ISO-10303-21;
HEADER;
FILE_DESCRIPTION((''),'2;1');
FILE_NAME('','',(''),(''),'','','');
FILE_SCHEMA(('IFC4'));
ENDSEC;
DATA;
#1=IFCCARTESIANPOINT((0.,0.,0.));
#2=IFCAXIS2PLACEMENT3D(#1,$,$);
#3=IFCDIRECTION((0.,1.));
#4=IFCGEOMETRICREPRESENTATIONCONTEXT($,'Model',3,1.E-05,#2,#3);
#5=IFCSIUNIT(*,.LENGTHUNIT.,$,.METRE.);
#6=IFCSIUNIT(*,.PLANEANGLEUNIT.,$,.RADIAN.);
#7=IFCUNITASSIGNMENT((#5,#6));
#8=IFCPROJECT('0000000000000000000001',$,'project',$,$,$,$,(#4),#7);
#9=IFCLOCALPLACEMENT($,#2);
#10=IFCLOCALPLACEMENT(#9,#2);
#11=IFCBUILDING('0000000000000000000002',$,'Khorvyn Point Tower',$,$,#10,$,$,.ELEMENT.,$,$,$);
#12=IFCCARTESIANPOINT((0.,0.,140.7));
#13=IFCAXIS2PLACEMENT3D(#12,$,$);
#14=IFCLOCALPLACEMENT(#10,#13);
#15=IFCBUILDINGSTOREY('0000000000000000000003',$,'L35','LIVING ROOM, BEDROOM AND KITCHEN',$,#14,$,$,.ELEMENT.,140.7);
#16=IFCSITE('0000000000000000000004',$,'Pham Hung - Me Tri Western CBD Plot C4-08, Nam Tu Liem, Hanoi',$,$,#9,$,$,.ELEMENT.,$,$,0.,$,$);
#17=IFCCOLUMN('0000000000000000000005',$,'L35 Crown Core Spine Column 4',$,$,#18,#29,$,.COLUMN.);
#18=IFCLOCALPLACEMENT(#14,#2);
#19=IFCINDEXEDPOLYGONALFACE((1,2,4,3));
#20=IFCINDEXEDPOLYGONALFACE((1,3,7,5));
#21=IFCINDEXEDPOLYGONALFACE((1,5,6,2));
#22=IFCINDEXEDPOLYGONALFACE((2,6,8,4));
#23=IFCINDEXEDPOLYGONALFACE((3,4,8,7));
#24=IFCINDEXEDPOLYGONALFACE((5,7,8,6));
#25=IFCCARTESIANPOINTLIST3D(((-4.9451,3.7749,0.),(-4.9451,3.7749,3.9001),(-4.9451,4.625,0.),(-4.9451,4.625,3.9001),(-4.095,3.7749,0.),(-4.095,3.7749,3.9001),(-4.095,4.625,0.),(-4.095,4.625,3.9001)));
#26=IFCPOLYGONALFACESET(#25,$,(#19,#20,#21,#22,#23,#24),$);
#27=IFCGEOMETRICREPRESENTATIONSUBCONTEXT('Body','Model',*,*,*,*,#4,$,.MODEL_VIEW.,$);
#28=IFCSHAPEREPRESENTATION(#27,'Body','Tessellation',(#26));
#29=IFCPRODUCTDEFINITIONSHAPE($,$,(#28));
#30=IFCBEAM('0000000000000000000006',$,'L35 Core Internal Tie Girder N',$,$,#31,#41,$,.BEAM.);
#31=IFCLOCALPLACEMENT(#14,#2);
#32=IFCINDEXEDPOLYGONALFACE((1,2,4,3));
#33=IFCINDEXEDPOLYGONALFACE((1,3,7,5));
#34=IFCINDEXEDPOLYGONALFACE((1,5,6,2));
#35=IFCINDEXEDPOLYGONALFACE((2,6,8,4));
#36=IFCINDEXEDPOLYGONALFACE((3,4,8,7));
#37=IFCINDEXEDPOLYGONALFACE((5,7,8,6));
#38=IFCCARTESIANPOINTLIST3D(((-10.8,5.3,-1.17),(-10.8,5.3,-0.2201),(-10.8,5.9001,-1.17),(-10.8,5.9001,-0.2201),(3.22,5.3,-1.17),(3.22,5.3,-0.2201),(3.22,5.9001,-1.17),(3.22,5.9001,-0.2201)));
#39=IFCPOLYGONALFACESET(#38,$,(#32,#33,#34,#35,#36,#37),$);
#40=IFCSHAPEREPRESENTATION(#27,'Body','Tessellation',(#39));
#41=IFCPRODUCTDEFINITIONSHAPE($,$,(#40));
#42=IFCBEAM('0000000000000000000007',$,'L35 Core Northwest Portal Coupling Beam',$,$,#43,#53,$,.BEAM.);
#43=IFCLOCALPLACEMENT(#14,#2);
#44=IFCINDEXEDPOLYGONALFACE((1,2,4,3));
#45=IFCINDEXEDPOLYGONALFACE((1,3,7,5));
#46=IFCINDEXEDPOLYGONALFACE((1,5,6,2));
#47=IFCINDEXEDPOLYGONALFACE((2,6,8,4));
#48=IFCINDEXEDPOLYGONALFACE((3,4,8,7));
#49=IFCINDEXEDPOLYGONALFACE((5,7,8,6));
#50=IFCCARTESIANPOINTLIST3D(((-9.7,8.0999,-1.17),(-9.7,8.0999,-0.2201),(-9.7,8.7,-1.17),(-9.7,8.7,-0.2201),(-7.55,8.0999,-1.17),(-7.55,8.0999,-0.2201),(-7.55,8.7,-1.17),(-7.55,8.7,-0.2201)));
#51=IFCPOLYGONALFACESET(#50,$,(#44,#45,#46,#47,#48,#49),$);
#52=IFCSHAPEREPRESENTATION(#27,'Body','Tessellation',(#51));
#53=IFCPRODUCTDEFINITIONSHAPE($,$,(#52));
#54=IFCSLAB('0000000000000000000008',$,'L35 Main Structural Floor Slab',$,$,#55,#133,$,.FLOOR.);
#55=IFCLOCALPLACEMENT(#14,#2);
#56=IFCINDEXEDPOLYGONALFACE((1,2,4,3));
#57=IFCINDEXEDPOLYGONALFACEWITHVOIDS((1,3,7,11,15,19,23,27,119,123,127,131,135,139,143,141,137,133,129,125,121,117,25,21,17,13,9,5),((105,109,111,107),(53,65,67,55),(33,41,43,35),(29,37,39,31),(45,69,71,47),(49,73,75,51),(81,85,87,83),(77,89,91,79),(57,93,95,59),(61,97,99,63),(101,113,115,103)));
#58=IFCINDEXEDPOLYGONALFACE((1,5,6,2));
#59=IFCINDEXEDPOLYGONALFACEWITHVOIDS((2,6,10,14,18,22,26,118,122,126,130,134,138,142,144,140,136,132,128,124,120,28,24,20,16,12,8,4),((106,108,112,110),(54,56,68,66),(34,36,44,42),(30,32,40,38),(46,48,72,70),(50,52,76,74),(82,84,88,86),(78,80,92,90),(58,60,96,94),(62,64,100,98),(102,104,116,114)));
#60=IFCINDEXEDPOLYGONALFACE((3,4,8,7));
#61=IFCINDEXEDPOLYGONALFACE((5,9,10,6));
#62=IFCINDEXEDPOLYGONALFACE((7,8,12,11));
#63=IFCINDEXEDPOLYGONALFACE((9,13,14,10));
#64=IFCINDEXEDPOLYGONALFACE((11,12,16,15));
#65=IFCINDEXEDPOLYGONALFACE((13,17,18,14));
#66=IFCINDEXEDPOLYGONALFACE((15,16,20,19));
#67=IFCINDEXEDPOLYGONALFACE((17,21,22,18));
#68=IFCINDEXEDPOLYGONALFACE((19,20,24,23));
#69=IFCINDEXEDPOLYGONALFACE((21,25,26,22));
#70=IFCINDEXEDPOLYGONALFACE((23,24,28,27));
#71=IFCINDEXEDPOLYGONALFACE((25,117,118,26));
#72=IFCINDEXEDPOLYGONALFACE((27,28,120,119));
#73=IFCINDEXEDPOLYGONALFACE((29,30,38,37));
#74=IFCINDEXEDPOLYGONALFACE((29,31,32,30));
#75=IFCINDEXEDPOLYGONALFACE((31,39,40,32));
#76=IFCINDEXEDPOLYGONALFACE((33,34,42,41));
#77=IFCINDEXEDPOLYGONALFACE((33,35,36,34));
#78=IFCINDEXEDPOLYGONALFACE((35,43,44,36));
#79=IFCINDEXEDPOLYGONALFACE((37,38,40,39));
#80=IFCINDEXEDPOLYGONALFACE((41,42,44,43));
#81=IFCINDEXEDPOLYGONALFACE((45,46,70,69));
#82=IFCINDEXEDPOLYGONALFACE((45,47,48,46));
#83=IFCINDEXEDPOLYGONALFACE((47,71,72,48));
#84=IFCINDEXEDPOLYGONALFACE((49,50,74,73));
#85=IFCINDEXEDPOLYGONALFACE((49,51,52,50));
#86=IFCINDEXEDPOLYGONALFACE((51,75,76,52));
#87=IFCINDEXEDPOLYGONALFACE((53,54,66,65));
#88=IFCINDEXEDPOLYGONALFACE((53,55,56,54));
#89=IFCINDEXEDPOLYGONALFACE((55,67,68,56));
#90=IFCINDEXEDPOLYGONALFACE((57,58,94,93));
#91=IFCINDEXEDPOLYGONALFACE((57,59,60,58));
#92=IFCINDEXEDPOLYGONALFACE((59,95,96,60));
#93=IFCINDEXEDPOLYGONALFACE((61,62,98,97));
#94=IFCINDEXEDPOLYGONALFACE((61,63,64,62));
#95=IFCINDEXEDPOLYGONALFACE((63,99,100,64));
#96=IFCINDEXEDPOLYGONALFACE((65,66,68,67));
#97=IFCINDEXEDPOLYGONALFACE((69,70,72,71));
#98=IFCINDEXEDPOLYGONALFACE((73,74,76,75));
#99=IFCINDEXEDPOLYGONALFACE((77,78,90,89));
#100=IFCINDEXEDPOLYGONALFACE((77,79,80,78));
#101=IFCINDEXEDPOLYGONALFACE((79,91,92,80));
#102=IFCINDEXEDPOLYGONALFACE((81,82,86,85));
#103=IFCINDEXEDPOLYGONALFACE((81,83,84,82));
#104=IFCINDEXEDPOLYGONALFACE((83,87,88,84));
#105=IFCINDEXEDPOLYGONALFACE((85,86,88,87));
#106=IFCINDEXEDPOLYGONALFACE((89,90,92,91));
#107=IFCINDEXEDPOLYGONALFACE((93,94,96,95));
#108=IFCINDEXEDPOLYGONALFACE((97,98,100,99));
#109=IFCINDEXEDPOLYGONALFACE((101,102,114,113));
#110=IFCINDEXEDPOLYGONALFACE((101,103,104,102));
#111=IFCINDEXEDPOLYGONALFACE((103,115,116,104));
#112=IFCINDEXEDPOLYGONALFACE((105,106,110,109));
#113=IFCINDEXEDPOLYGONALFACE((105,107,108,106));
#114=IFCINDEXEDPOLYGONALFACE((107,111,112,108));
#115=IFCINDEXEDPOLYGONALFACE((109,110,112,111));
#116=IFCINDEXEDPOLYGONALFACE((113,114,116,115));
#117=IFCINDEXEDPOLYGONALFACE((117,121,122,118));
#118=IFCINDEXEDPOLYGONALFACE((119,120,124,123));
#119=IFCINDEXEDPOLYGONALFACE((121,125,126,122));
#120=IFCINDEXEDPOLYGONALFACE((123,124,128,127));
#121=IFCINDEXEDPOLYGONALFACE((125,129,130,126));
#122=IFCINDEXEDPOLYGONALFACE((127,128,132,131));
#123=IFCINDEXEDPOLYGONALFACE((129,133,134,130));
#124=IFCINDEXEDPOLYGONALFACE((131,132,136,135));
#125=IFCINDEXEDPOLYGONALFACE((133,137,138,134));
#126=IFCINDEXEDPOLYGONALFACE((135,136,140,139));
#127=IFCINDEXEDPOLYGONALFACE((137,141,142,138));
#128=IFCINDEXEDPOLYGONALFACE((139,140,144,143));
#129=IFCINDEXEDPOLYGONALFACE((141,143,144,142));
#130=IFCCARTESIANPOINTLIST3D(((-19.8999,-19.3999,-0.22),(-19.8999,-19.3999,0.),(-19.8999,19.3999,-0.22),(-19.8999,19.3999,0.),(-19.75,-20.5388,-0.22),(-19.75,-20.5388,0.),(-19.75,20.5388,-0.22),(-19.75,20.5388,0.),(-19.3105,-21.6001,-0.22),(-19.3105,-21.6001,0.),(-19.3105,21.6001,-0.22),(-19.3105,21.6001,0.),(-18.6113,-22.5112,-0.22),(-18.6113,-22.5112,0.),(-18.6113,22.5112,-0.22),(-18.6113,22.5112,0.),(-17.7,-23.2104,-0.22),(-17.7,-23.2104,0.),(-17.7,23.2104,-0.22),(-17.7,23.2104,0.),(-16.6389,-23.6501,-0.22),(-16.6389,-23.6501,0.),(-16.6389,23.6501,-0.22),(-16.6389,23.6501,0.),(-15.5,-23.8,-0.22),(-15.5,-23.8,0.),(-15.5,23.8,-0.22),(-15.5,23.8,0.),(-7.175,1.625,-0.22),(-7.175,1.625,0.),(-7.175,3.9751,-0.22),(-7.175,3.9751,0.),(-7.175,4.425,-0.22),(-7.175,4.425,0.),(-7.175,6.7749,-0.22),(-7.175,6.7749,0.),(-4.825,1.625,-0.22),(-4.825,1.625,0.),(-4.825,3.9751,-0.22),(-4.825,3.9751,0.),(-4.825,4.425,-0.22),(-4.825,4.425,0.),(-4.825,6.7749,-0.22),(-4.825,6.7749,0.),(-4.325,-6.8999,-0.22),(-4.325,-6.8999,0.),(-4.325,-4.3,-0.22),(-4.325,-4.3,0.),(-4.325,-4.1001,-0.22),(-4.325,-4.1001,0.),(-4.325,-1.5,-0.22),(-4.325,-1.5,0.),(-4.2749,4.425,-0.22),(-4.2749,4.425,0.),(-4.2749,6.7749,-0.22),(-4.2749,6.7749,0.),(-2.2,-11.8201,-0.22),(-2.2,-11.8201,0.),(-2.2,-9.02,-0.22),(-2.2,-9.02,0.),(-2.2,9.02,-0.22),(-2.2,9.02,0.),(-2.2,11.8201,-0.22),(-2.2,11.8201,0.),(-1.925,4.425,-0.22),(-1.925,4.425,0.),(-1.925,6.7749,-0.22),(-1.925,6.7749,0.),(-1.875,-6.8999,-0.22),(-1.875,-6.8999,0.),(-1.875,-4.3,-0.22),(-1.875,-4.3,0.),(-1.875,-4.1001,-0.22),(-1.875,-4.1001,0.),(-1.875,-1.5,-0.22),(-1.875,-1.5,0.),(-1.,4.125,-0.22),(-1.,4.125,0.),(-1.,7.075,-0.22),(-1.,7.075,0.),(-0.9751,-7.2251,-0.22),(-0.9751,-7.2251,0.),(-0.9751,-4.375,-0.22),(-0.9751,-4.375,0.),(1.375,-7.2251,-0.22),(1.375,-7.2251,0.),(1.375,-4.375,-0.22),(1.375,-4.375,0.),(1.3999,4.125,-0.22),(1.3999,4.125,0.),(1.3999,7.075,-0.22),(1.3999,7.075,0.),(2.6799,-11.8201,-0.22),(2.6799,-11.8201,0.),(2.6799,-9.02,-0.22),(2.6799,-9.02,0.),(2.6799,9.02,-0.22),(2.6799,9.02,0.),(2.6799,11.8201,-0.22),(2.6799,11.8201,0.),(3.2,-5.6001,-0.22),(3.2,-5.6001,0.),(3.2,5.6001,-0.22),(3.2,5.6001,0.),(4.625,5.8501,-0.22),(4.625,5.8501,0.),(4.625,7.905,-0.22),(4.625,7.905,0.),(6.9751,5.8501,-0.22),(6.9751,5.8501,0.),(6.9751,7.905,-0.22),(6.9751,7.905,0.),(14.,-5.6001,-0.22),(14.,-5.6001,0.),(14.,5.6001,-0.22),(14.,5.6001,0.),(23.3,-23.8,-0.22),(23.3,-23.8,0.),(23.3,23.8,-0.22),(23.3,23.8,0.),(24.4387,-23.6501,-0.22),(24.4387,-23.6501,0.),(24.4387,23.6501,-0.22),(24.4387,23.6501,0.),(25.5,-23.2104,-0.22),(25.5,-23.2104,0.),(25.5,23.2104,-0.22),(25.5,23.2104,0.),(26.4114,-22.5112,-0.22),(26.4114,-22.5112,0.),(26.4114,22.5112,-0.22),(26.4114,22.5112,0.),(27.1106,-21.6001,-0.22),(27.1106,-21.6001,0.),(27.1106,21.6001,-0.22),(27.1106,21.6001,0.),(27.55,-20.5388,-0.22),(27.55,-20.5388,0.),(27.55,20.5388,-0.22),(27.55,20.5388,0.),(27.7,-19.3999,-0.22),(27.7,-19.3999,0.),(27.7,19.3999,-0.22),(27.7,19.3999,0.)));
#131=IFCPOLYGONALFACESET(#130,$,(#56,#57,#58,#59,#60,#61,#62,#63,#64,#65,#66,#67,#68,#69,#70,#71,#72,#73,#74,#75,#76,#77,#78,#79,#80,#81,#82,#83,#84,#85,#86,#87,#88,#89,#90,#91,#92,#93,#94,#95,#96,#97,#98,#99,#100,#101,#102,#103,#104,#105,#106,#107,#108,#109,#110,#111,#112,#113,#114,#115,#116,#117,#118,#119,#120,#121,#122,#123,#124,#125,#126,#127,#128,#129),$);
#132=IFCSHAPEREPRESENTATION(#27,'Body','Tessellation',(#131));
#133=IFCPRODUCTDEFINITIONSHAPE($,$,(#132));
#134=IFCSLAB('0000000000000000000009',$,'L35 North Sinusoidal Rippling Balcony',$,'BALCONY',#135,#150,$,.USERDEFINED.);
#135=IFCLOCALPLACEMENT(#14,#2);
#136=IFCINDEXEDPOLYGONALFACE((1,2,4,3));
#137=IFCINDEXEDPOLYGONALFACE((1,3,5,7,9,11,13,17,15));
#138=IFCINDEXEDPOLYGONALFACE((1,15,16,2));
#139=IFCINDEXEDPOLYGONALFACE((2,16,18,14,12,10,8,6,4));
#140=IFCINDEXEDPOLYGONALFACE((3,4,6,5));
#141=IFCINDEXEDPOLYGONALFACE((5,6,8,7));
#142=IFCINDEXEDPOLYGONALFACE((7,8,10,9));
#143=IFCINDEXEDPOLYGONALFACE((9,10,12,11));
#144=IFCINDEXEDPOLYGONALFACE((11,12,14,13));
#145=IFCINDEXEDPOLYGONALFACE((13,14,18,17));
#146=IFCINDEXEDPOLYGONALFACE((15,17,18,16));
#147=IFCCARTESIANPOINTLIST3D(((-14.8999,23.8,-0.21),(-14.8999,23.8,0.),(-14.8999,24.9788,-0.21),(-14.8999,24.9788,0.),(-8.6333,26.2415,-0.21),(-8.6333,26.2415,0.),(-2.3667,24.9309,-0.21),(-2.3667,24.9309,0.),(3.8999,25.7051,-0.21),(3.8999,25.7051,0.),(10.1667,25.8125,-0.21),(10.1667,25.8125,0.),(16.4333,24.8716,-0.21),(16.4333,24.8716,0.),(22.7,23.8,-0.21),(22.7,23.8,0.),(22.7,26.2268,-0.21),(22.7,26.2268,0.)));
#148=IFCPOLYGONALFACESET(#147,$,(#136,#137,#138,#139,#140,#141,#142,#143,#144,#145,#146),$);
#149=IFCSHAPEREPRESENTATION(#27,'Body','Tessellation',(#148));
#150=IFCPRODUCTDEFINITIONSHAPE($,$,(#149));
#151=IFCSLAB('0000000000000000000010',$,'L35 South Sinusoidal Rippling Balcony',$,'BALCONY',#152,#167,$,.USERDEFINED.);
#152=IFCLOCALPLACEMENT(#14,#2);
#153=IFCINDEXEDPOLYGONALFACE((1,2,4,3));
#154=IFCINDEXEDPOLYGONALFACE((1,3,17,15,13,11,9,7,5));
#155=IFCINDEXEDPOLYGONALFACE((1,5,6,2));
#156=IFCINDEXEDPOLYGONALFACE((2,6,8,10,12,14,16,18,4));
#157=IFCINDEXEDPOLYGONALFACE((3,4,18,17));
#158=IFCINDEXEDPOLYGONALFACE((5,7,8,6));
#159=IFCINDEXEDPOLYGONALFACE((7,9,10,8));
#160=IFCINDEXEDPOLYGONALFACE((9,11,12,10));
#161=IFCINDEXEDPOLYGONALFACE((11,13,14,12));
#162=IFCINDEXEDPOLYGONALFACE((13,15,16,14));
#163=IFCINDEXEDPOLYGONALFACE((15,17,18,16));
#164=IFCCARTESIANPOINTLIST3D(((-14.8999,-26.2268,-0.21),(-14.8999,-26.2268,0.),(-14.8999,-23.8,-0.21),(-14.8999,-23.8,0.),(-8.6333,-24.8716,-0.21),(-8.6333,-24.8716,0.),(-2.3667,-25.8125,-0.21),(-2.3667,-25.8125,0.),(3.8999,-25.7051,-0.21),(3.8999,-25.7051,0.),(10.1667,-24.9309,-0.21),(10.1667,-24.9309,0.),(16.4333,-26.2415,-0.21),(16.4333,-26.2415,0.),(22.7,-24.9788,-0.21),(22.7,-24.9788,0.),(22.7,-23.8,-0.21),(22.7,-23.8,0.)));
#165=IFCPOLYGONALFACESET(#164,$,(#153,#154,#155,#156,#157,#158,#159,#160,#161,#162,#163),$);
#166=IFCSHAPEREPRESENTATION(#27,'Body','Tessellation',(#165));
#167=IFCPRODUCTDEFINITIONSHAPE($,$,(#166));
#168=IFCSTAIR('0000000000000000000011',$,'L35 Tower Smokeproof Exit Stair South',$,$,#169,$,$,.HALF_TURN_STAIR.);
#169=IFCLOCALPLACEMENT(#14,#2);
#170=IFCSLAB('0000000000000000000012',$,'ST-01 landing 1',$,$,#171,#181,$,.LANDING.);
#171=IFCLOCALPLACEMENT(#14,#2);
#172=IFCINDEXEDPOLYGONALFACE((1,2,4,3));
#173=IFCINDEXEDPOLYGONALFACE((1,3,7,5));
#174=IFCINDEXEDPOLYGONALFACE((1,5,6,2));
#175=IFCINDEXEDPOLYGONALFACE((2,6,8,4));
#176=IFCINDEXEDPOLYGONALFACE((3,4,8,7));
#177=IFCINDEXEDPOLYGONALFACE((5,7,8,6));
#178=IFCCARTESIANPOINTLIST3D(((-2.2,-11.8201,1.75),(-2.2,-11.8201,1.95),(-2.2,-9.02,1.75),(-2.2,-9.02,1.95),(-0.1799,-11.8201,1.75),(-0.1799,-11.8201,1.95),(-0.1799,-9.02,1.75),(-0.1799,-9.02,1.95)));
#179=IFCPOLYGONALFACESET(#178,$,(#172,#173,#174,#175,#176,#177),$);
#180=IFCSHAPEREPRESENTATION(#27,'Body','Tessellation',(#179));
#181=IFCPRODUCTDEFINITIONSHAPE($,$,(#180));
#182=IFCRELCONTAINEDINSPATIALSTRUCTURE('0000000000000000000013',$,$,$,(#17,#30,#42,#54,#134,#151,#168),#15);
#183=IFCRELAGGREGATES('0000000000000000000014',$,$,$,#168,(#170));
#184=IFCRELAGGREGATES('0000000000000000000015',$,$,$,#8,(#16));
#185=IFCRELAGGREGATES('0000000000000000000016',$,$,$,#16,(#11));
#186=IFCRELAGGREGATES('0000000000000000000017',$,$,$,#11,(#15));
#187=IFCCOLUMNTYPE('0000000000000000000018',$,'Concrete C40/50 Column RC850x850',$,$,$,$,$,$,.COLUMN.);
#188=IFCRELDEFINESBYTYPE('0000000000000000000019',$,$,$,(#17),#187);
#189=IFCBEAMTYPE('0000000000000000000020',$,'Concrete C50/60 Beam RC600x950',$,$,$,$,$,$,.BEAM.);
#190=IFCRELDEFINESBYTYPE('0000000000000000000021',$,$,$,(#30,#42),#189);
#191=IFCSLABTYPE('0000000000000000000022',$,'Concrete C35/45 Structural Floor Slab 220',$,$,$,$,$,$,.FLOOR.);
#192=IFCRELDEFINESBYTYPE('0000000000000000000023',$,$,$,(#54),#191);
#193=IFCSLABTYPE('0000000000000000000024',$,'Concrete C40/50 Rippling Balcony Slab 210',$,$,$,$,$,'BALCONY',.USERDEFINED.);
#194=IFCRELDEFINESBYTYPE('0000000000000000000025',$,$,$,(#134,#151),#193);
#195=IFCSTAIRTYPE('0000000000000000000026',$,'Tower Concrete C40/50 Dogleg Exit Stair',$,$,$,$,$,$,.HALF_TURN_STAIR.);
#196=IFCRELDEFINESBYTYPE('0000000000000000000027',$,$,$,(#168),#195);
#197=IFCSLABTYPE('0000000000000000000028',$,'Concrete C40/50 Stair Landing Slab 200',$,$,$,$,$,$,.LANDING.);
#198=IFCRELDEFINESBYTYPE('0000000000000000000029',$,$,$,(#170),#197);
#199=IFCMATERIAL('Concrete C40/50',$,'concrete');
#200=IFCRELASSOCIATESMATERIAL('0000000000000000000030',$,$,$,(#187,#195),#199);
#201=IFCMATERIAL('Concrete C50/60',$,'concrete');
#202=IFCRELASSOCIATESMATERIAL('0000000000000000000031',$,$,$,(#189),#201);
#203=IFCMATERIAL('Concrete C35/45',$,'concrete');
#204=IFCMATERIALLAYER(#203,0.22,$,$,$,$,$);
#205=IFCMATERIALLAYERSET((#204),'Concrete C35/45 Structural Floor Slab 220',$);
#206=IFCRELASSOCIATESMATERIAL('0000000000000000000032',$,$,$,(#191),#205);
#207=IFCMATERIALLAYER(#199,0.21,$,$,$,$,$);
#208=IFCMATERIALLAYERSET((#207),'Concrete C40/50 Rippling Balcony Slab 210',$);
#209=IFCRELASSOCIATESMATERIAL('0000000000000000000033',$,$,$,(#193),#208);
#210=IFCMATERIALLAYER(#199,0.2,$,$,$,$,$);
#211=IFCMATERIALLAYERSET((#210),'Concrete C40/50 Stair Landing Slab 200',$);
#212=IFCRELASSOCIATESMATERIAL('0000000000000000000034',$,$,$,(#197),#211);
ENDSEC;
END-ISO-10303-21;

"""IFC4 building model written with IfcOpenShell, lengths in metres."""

from ifc_helpers import new_model, si_unit, direction, frame, origin, origin_2d, place, context, subcontext, project, spatial, polyline, rectangle, outline, extrude, material, layer, layer_set, material_profile, profile_set, type_object, element, aggregate, save


model = new_model("IFC4")

# Units and contexts
model_context = context("Model", 3, precision=1e-05, world=origin(), true_north=direction((0.0, 1.0)))
body_context = subcontext(model_context, "Body", "Model", "MODEL_VIEW")
ifc_project = project(units=[si_unit("LENGTHUNIT", "METRE"), si_unit("PLANEANGLEUNIT", "RADIAN")], contexts=[model_context])

# Site, building, storey
site_placement = place(None, origin())
site = spatial("IfcSite", under=ifc_project, at=site_placement, Name="Pham Hung - Me Tri Western CBD Plot C4-08, Nam Tu Liem, Hanoi", CompositionType="ELEMENT", RefElevation=0.0)
building_placement = place(site_placement, origin())
building = spatial("IfcBuilding", under=site, at=building_placement, Name="Khorvyn Point Tower", CompositionType="ELEMENT")
storey_placement = place(building_placement, frame((0.0, 0.0, 140.7)))
storey = spatial("IfcBuildingStorey", under=building, at=storey_placement, Name="L35", Description="LIVING ROOM, BEDROOM AND KITCHEN", CompositionType="ELEMENT", Elevation=140.7)

# Column
ifc_material_1 = material(Name="Concrete C40/50", Category="concrete")
ifc_material_profile_1 = material_profile(ifc_material_1, rectangle(XDim=0.8501, YDim=0.8501, at=origin_2d()))
ifc_profile_set_1 = profile_set([ifc_material_profile_1], Name="Concrete C40/50 RC850x850")
column_type = type_object("IfcColumnType", Name="Concrete C40/50 Column RC850x850", PredefinedType="COLUMN", material=ifc_profile_set_1)
column_placement = place(storey_placement, frame((-4.52, 4.2, 0.0), z_axis=(0.0, 0.0, 1.0), x_axis=(1.0, 0.0, 0.0)))
element("IfcColumn", 1, at=column_placement, inside=storey, type_object=column_type, Name="L35 Crown Core Spine Column 4", PredefinedType="COLUMN", context=body_context, shape_type="SweptSolid", body=[
    extrude(rectangle(XDim=0.8501, YDim=0.8501, at=origin_2d()), origin(), (0.0, 0.0, 1.0), 3.9001),
])

# Beams
ifc_material_2 = material(Name="Concrete C50/60", Category="concrete")
ifc_material_profile_2 = material_profile(ifc_material_2, rectangle(XDim=0.6001, YDim=0.95, at=origin_2d()))
ifc_profile_set_2 = profile_set([ifc_material_profile_2], Name="Concrete C50/60 RC600x950")
beam_type = type_object("IfcBeamType", Name="Concrete C50/60 Beam RC600x950", PredefinedType="BEAM", material=ifc_profile_set_2)
beam_1_placement = place(storey_placement, frame((-10.8, 5.6001, -0.6951), z_axis=(1.0, 0.0, 0.0), x_axis=(0.0, 1.0, 0.0)))
element("IfcBeam", 2, at=beam_1_placement, inside=storey, type_object=beam_type, Name="L35 Core Internal Tie Girder N", PredefinedType="BEAM", context=body_context, shape_type="SweptSolid", body=[
    extrude(rectangle(XDim=0.6001, YDim=0.95, at=origin_2d()), origin(), (0.0, 0.0, 1.0), 14.02),
])
beam_2_placement = place(storey_placement, frame((-9.7, 8.3999, -0.6951), z_axis=(1.0, 0.0, 0.0), x_axis=(0.0, 1.0, 0.0)))
element("IfcBeam", 3, at=beam_2_placement, inside=storey, type_object=beam_type, Name="L35 Core Northwest Portal Coupling Beam", PredefinedType="BEAM", context=body_context, shape_type="SweptSolid", body=[
    extrude(rectangle(XDim=0.6001, YDim=0.95, at=origin_2d()), origin(), (0.0, 0.0, 1.0), 2.1499),
])

# Slabs
ifc_material_3 = material(Name="Concrete C35/45", Category="concrete")
ifc_layer_1 = layer(ifc_material_3, 0.22)
ifc_layer_set_1 = layer_set([ifc_layer_1], Name="Concrete C35/45 Structural Floor Slab 220")
slab_type_1 = type_object("IfcSlabType", Name="Concrete C35/45 Structural Floor Slab 220", PredefinedType="FLOOR", material=ifc_layer_set_1)
slab_1_placement = place(storey_placement, frame((0.0, 0.0, -0.22)))
element("IfcSlab", 4, at=slab_1_placement, inside=storey, type_object=slab_type_1, Name="L35 Main Structural Floor Slab", PredefinedType="FLOOR", context=body_context, shape_type="SweptSolid", body=[
    extrude(outline(polyline([(-15.5, -23.8), (-16.6389, -23.6501), (-17.7, -23.2104), (-18.6113, -22.5112), (-19.3105, -21.6001), (-19.75, -20.5388), (-19.8999, -19.3999), (-19.8999, 19.3999), (-19.75, 20.5388), (-19.3105, 21.6001), (-18.6113, 22.5112), (-17.7, 23.2104), (-16.6389, 23.6501), (-15.5, 23.8), (23.3, 23.8), (24.4387, 23.6501), (25.5, 23.2104), (26.4114, 22.5112), (27.1106, 21.6001), (27.55, 20.5388), (27.7, 19.3999), (27.7, -19.3999), (27.55, -20.5388), (27.1106, -21.6001), (26.4114, -22.5112), (25.5, -23.2104), (24.4387, -23.6501), (23.3, -23.8), (-15.5, -23.8)]), holes=[polyline([(-1.875, -6.8999), (-1.875, -4.3), (-4.325, -4.3), (-4.325, -6.8999), (-1.875, -6.8999)]), polyline([(-1.875, -4.1001), (-1.875, -1.5), (-4.325, -1.5), (-4.325, -4.1001), (-1.875, -4.1001)]), polyline([(-4.825, 1.625), (-4.825, 3.9751), (-7.175, 3.9751), (-7.175, 1.625), (-4.825, 1.625)]), polyline([(-7.175, 4.425), (-4.825, 4.425), (-4.825, 6.7749), (-7.175, 6.7749), (-7.175, 4.425)]), polyline([(-4.2749, 4.425), (-1.925, 4.425), (-1.925, 6.7749), (-4.2749, 6.7749), (-4.2749, 4.425)]), polyline([(1.3999, 4.125), (1.3999, 7.075), (-1.0, 7.075), (-1.0, 4.125), (1.3999, 4.125)]), polyline([(-2.2, -11.8201), (2.6799, -11.8201), (2.6799, -9.02), (-2.2, -9.02), (-2.2, -11.8201)]), polyline([(-0.9751, -7.2251), (1.375, -7.2251), (1.375, -4.375), (-0.9751, -4.375), (-0.9751, -7.2251)]), polyline([(14.0, -5.6001), (14.0, 5.6001), (3.2, 5.6001), (3.2, -5.6001), (14.0, -5.6001)]), polyline([(4.625, 5.8501), (6.9751, 5.8501), (6.9751, 7.905), (4.625, 7.905), (4.625, 5.8501)]), polyline([(-2.2, 9.02), (2.6799, 9.02), (2.6799, 11.8201), (-2.2, 11.8201), (-2.2, 9.02)])]), origin(), (0.0, 0.0, 1.0), 0.22),
])
ifc_layer_2 = layer(ifc_material_1, 0.21)
ifc_layer_set_2 = layer_set([ifc_layer_2], Name="Concrete C40/50 Rippling Balcony Slab 210")
slab_type_2 = type_object("IfcSlabType", Name="Concrete C40/50 Rippling Balcony Slab 210", ElementType="BALCONY", PredefinedType="USERDEFINED", material=ifc_layer_set_2)
slab_2_placement = place(storey_placement, frame((0.0, 0.0, -0.21)))
element("IfcSlab", 5, at=slab_2_placement, inside=storey, type_object=slab_type_2, Name="L35 North Sinusoidal Rippling Balcony", ObjectType="BALCONY", PredefinedType="USERDEFINED", context=body_context, shape_type="SweptSolid", body=[
    extrude(outline(polyline([(22.7, 23.8), (22.7, 26.2268), (16.4333, 24.8716), (10.1667, 25.8125), (3.8999, 25.7051), (-2.3667, 24.9309), (-8.6333, 26.2415), (-14.8999, 24.9788), (-14.8999, 23.8), (22.7, 23.8)])), origin(), (0.0, 0.0, 1.0), 0.21),
])
slab_3_placement = place(storey_placement, frame((0.0, 0.0, -0.21)))
element("IfcSlab", 6, at=slab_3_placement, inside=storey, type_object=slab_type_2, Name="L35 South Sinusoidal Rippling Balcony", ObjectType="BALCONY", PredefinedType="USERDEFINED", context=body_context, shape_type="SweptSolid", body=[
    extrude(outline(polyline([(-14.8999, -23.8), (-14.8999, -26.2268), (-8.6333, -24.8716), (-2.3667, -25.8125), (3.8999, -25.7051), (10.1667, -24.9309), (16.4333, -26.2415), (22.7, -24.9788), (22.7, -23.8), (-14.8999, -23.8)])), origin(), (0.0, 0.0, 1.0), 0.21),
])

# Stair, slab
stair_type = type_object("IfcStairType", Name="Tower Concrete C40/50 Dogleg Exit Stair", PredefinedType="HALF_TURN_STAIR", material=ifc_material_1)
stair_1_placement = place(storey_placement, origin())
stair_1 = element("IfcStair", 7, at=stair_1_placement, inside=storey, type_object=stair_type, Name="L35 Tower Smokeproof Exit Stair South", PredefinedType="HALF_TURN_STAIR")
ifc_layer_3 = layer(ifc_material_1, 0.2)
ifc_layer_set_3 = layer_set([ifc_layer_3], Name="Concrete C40/50 Stair Landing Slab 200")
slab_type_3 = type_object("IfcSlabType", Name="Concrete C40/50 Stair Landing Slab 200", PredefinedType="LANDING", material=ifc_layer_set_3)
slab_4_placement = place(storey_placement, frame((0.0, 0.0, 1.75)))
slab_4 = element("IfcSlab", 8, at=slab_4_placement, type_object=slab_type_3, Name="ST-01 landing 1", PredefinedType="LANDING", context=body_context, shape_type="SweptSolid", body=[
    extrude(outline(polyline([(-0.1799, -9.02), (-2.2, -9.02), (-2.2, -11.8201), (-0.1799, -11.8201), (-0.1799, -9.02)])), origin(), (0.0, 0.0, 1.0), 0.2),
])
aggregate(stair_1, [slab_4])

save(model, "model.ifc")
